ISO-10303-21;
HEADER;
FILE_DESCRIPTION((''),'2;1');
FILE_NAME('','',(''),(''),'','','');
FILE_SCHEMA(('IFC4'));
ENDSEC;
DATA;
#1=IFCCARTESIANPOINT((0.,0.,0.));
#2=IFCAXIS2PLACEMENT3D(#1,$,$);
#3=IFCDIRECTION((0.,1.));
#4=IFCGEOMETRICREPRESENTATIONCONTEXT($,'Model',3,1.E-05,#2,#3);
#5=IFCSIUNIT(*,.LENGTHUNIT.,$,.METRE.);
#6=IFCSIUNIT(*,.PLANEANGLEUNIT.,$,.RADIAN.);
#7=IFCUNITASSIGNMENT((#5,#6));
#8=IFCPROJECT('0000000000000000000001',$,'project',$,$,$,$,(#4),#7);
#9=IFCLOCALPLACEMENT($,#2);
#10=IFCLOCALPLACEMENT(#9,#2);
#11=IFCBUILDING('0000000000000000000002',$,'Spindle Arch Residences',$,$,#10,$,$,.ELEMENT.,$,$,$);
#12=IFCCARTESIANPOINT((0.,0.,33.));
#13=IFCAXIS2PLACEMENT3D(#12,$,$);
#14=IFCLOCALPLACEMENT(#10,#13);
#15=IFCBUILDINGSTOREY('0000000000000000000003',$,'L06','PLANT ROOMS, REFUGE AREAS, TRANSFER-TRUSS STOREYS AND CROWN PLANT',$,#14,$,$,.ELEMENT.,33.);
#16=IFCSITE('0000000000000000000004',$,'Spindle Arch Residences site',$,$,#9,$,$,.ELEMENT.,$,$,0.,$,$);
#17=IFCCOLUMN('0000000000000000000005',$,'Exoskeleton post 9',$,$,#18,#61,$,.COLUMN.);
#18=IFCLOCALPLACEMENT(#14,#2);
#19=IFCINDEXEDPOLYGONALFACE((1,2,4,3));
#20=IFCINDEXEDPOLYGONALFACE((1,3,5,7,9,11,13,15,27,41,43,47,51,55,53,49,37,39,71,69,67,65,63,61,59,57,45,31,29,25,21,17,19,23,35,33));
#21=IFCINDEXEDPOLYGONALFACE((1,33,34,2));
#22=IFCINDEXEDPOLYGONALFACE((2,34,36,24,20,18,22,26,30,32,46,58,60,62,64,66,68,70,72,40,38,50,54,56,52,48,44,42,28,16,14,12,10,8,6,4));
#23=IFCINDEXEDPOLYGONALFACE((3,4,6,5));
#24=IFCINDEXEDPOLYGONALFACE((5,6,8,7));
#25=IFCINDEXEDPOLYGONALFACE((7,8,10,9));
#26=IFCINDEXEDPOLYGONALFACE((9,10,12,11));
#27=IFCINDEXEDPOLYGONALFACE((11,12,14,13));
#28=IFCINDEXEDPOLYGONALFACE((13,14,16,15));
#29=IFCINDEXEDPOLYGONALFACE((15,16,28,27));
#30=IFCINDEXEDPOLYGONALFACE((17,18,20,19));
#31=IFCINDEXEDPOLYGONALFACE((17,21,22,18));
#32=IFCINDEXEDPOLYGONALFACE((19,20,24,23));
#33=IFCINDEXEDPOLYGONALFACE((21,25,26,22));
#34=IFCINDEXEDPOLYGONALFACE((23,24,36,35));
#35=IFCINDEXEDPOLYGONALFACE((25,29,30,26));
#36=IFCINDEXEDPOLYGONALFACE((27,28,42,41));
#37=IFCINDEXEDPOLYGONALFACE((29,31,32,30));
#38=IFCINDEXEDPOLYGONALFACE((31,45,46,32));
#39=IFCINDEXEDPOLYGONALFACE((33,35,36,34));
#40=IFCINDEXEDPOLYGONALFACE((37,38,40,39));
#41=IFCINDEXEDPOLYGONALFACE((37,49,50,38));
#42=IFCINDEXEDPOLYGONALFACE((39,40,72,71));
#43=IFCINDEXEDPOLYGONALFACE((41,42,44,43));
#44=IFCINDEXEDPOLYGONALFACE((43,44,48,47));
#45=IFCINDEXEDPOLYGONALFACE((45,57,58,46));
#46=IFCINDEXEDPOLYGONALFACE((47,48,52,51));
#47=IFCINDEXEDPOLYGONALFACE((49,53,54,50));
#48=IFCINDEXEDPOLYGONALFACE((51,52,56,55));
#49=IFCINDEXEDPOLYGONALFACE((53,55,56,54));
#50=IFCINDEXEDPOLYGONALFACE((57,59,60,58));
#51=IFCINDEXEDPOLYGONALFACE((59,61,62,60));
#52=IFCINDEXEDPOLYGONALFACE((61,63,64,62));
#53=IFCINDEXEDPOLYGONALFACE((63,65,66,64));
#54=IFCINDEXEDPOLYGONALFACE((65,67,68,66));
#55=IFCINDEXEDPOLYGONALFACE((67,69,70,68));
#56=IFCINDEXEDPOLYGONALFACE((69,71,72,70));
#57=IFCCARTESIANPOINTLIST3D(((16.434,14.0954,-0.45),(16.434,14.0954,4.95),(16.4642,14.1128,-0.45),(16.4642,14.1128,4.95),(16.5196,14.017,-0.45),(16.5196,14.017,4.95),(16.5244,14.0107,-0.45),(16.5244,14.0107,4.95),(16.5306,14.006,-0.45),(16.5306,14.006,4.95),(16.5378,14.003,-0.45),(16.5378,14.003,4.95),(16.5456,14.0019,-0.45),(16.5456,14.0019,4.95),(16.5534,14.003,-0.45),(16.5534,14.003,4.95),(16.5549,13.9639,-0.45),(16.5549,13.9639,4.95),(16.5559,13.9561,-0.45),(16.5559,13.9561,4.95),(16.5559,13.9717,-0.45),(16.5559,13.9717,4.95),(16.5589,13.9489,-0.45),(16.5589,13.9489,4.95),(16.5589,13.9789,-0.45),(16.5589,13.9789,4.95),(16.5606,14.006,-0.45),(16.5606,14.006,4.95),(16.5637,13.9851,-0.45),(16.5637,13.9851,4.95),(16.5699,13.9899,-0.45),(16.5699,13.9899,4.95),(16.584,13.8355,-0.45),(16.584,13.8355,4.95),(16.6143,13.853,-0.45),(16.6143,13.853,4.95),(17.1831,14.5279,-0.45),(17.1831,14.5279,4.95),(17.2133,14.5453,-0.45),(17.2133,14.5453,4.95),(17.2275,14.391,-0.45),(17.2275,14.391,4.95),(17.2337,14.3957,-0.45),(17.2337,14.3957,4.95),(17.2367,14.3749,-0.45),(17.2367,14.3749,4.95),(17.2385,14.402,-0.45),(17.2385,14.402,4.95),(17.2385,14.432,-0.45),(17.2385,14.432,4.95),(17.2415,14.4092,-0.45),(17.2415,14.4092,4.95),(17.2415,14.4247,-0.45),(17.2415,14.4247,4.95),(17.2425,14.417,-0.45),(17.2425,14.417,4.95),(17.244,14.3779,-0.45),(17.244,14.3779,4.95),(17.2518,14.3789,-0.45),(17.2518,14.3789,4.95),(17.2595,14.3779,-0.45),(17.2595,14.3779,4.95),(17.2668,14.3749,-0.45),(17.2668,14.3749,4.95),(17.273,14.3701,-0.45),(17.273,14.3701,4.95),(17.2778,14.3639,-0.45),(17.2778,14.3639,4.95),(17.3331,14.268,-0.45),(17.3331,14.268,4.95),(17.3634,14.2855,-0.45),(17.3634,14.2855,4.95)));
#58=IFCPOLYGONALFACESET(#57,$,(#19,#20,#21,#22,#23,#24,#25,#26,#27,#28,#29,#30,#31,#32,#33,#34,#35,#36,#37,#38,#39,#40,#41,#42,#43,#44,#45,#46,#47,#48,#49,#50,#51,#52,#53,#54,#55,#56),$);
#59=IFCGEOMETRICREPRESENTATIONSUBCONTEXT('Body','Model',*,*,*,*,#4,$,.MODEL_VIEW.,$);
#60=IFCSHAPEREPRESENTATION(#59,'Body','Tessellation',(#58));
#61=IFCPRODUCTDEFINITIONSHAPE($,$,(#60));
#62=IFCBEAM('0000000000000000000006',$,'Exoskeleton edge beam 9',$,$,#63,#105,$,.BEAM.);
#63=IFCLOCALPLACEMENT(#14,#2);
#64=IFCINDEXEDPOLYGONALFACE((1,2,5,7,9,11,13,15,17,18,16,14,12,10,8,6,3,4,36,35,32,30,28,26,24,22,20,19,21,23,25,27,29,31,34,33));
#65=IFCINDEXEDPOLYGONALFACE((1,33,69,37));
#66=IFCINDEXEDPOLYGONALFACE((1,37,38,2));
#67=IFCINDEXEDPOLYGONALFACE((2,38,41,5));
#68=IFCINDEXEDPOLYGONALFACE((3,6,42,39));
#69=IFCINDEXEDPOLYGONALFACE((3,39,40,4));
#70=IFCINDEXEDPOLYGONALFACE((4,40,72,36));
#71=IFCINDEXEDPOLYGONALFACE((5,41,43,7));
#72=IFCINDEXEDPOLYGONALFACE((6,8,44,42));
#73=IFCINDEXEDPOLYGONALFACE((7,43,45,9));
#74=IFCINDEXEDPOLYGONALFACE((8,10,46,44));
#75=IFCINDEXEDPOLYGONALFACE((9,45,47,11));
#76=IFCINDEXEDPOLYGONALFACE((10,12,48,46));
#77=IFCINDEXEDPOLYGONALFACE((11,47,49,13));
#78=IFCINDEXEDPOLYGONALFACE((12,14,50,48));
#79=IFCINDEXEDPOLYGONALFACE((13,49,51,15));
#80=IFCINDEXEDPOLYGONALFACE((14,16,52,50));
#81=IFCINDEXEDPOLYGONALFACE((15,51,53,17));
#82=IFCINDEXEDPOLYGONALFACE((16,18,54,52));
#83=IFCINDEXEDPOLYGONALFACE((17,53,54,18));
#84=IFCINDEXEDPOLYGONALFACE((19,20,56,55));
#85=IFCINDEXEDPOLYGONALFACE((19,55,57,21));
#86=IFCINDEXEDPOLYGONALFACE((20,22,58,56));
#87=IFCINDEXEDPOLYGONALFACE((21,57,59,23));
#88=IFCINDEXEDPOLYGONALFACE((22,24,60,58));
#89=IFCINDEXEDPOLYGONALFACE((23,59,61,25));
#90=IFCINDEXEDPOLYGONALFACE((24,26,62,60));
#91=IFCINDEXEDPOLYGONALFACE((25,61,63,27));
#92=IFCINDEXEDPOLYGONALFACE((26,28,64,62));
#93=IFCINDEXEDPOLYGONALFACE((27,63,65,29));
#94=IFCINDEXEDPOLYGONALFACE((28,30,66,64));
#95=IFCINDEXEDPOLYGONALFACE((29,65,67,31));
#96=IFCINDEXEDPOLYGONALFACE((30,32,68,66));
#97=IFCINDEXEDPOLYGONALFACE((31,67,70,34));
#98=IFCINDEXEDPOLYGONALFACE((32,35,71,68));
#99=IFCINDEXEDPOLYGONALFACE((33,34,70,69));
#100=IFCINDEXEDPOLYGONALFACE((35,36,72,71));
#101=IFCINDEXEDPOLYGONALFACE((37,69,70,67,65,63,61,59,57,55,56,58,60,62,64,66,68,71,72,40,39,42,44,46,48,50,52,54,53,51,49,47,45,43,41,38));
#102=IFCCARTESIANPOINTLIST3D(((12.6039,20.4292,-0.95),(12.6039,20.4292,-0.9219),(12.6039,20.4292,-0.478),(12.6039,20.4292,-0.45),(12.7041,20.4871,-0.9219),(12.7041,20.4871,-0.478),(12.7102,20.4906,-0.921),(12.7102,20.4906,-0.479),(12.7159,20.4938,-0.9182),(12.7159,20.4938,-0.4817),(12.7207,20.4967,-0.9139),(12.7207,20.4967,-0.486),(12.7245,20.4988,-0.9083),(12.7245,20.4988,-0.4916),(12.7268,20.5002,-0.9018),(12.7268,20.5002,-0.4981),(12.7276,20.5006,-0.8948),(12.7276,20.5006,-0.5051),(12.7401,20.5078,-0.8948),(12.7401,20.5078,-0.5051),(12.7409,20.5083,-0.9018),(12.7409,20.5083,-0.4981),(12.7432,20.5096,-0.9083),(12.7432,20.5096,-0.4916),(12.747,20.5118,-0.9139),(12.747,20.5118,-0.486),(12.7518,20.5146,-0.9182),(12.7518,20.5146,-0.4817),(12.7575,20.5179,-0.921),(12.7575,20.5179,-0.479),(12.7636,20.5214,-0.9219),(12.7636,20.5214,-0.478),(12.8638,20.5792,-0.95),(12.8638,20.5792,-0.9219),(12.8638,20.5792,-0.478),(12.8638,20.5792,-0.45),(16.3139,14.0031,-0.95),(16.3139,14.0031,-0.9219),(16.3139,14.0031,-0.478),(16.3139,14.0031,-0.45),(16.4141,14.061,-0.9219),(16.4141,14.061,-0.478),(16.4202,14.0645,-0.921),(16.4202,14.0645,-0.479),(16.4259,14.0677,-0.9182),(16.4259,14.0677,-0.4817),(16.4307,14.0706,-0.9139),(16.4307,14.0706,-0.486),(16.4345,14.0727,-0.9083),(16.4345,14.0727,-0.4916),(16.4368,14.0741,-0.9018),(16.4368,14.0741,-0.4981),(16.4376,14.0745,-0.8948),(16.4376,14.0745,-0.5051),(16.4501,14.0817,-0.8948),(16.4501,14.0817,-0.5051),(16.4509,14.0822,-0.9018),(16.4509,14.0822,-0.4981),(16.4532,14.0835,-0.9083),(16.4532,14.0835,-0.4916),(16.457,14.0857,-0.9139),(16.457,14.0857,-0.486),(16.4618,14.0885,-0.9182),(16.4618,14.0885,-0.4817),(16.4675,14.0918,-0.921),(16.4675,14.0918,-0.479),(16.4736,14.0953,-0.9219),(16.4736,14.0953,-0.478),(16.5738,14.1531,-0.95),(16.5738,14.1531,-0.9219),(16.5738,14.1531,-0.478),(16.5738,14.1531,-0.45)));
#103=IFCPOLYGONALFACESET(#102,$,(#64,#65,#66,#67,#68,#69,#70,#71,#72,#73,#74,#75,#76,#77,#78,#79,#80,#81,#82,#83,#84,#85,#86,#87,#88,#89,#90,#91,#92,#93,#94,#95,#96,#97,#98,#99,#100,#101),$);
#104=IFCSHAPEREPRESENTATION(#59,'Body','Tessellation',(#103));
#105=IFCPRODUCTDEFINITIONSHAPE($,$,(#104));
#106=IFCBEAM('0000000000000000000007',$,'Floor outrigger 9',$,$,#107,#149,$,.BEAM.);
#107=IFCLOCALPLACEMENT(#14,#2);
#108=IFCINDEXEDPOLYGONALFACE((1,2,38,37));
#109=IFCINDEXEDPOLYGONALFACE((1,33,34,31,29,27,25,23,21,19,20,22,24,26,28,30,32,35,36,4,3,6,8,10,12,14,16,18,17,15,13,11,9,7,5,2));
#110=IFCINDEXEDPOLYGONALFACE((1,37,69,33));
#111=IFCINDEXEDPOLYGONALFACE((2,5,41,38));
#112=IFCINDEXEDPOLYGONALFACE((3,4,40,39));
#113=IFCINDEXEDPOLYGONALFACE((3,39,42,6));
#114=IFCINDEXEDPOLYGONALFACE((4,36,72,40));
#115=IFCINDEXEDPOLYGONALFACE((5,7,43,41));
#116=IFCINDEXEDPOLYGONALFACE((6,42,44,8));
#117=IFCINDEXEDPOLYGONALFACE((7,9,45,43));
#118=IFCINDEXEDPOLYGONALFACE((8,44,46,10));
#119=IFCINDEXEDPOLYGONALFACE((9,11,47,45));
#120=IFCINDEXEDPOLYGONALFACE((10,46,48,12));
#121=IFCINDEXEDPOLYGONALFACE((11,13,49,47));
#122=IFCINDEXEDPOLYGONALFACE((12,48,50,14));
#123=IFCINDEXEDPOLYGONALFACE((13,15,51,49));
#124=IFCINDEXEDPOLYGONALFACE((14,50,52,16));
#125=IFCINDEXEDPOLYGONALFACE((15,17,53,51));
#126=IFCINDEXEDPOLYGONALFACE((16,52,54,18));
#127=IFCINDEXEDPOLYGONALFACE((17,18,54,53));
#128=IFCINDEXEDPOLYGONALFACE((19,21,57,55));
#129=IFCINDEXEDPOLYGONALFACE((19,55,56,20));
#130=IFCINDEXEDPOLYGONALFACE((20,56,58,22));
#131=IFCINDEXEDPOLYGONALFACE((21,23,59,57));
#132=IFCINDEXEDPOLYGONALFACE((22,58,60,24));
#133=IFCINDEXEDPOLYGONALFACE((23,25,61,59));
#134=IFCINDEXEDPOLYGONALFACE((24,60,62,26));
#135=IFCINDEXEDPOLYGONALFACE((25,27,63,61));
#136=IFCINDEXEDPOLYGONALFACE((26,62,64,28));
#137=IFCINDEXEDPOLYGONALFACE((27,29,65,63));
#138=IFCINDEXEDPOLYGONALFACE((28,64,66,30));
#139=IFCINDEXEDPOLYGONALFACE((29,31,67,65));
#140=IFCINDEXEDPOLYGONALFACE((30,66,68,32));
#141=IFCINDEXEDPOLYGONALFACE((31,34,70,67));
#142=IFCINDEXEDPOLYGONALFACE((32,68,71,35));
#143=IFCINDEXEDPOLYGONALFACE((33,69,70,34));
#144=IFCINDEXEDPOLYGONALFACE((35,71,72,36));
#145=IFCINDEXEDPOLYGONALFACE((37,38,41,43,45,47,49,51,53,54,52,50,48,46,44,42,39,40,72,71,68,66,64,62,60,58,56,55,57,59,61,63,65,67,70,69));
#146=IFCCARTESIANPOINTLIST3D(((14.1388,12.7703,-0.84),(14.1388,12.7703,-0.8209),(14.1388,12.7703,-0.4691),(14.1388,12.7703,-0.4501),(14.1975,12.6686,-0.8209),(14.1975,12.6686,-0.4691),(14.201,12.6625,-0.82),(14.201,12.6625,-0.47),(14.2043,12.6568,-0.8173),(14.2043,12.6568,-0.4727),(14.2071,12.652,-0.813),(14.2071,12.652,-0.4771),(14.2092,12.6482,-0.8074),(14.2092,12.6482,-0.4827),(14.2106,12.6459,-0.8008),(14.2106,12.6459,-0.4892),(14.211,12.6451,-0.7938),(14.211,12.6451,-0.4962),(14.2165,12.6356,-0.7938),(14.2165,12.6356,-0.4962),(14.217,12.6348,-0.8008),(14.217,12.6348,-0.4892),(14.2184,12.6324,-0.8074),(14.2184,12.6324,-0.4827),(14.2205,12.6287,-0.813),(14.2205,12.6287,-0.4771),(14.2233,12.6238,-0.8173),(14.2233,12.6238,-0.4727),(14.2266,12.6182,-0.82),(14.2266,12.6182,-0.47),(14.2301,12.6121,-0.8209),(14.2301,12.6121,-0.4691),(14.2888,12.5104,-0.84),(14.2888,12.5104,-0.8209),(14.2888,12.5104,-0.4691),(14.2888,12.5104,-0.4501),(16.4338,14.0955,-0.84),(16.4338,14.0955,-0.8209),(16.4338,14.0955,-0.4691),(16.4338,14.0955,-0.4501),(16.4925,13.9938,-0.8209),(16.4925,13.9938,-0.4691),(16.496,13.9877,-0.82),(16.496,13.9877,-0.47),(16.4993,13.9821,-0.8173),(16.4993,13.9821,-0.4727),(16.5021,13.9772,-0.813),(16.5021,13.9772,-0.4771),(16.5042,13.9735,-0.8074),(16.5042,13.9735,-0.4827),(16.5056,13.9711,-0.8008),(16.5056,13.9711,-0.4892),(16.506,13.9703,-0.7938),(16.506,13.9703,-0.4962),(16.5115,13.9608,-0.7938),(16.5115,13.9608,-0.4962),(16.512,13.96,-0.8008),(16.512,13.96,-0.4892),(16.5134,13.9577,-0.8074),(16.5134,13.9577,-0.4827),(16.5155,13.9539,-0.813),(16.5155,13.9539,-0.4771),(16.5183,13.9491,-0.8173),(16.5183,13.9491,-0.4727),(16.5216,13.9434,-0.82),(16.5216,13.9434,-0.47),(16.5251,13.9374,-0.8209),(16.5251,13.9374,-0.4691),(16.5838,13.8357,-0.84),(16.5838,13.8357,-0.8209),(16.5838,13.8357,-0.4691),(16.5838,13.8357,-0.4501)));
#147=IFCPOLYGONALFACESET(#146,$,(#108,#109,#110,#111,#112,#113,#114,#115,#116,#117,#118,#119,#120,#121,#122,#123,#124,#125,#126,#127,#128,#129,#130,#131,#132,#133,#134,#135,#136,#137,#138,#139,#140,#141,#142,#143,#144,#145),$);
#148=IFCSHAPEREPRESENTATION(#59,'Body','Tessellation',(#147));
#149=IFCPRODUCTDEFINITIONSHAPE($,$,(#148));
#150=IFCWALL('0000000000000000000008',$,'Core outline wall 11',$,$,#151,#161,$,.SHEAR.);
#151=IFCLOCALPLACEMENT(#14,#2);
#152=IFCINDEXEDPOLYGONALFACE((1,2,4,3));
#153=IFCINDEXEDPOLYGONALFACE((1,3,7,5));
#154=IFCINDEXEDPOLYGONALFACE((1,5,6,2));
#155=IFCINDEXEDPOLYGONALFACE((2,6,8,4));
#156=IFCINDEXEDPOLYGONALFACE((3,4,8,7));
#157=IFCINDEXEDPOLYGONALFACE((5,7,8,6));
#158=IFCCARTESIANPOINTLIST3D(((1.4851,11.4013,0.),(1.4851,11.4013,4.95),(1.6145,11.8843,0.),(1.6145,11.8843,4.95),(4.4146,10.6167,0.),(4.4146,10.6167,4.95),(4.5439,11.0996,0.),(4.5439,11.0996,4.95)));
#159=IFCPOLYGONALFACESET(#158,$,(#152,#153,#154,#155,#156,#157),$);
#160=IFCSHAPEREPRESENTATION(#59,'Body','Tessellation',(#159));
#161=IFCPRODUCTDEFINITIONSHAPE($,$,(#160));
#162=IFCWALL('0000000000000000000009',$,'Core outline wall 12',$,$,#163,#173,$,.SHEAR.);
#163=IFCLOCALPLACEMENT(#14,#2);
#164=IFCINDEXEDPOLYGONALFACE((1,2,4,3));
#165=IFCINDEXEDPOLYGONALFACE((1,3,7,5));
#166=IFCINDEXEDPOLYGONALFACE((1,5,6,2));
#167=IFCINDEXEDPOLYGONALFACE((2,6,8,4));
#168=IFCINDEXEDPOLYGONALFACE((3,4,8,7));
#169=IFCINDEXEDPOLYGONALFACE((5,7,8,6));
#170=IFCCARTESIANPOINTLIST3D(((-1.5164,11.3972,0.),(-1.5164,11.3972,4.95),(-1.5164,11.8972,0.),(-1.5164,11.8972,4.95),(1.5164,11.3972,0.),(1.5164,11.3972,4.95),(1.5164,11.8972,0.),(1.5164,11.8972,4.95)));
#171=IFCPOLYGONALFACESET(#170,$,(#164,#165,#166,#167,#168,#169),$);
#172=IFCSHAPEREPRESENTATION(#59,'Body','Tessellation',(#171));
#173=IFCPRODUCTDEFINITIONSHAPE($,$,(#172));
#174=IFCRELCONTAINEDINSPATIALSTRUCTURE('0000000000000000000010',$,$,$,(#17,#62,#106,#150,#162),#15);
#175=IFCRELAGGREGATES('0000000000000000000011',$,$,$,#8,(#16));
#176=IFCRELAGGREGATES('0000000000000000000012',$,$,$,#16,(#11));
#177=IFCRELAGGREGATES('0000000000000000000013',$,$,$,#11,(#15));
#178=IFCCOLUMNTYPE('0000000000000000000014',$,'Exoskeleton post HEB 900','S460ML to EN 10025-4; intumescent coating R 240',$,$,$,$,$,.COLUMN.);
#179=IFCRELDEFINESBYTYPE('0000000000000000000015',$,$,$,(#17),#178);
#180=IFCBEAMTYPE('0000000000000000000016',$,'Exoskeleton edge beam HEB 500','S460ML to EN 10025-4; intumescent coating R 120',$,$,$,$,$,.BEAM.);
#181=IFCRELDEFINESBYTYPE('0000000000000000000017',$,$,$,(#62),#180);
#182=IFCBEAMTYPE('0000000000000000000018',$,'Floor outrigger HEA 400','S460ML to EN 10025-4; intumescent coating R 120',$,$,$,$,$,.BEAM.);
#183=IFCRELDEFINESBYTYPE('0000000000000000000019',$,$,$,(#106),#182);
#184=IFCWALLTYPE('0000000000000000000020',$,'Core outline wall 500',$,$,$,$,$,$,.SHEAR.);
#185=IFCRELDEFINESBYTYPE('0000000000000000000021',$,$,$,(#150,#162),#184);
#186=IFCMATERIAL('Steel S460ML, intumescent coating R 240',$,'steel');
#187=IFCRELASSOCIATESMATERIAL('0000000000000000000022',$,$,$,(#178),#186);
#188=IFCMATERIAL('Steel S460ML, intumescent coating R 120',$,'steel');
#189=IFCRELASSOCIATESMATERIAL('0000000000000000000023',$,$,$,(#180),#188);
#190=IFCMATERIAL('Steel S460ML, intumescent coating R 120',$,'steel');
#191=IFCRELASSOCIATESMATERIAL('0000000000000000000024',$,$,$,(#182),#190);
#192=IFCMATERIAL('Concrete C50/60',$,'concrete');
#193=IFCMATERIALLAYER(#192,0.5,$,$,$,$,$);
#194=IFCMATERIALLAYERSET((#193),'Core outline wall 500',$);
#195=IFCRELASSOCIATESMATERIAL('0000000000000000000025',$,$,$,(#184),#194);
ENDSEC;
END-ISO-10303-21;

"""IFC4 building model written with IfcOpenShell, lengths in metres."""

from ifc_helpers import new_model, si_unit, direction, frame, frame_2d, origin, origin_2d, place, context, subcontext, project, spatial, rectangle, i_section, extrude, material, layer, layer_set, material_profile, profile_set, type_object, element, save


model = new_model("IFC4")

# Units and contexts
model_context = context("Model", 3, precision=1e-05, world=origin(), true_north=direction((0.0, 1.0)))
body_context = subcontext(model_context, "Body", "Model", "MODEL_VIEW")
ifc_project = project(units=[si_unit("LENGTHUNIT", "METRE"), si_unit("PLANEANGLEUNIT", "RADIAN")], contexts=[model_context])

# Site, building, storey
site_placement = place(None, origin())
site = spatial("IfcSite", under=ifc_project, at=site_placement, Name="Spindle Arch Residences site", CompositionType="ELEMENT", RefElevation=0.0)
building_placement = place(site_placement, origin())
building = spatial("IfcBuilding", under=site, at=building_placement, Name="Spindle Arch Residences", CompositionType="ELEMENT")
storey_placement = place(building_placement, frame((0.0, 0.0, 33.0)))
storey = spatial("IfcBuildingStorey", under=building, at=storey_placement, Name="L06", Description="PLANT ROOMS, REFUGE AREAS, TRANSFER-TRUSS STOREYS AND CROWN PLANT", CompositionType="ELEMENT", Elevation=33.0)

# Column
ifc_material_1 = material(Name="Steel S460ML, intumescent coating R 240", Category="steel")
ifc_material_profile_1 = material_profile(ifc_material_1, i_section(OverallWidth=0.3, OverallDepth=0.8999, WebThickness=0.0186, FlangeThickness=0.0349, FilletRadius=0.03, at=origin_2d()), Name="HEB 900")
ifc_profile_set_1 = profile_set([ifc_material_profile_1], Name="Steel S460ML, intumescent coating R 240")
column_type = type_object("IfcColumnType", Name="Exoskeleton post HEB 900", Description="S460ML to EN 10025-4; intumescent coating R 240", PredefinedType="COLUMN", material=ifc_profile_set_1)
column_placement = place(storey_placement, frame((16.8987, 14.1904, -0.45), z_axis=(0.0, 0.0, 1.0), x_axis=(0.5, -0.866025, 0.0)))
element("IfcColumn", 1, at=column_placement, inside=storey, type_object=column_type, Name="Exoskeleton post 9", PredefinedType="COLUMN", context=body_context, shape_type="SweptSolid", body=[
    extrude(i_section(OverallWidth=0.3, OverallDepth=0.8999, WebThickness=0.0186, FlangeThickness=0.0349, FilletRadius=0.03, at=origin_2d()), origin(), (0.0, 0.0, 1.0), 5.3999),
])

# Beams
ifc_material_2 = material(Name="Steel S460ML, intumescent coating R 120", Category="steel")
ifc_material_profile_2 = material_profile(ifc_material_2, i_section(OverallWidth=0.3, OverallDepth=0.5, WebThickness=0.0144, FlangeThickness=0.0281, FilletRadius=0.0271, at=origin_2d()), Name="HEB 500")
ifc_profile_set_2 = profile_set([ifc_material_profile_2], Name="Steel S460ML, intumescent coating R 120")
beam_type_1 = type_object("IfcBeamType", Name="Exoskeleton edge beam HEB 500", Description="S460ML to EN 10025-4; intumescent coating R 120", PredefinedType="BEAM", material=ifc_profile_set_2)
beam_1_placement = place(storey_placement, frame((16.4438, 14.0781, -0.7), z_axis=(-0.499989, 0.866032, 0.0), x_axis=(-0.866032, -0.499989, 0.0)))
element("IfcBeam", 2, at=beam_1_placement, inside=storey, type_object=beam_type_1, Name="Exoskeleton edge beam 9", PredefinedType="BEAM", context=body_context, shape_type="SweptSolid", body=[
    extrude(i_section(OverallWidth=0.3, OverallDepth=0.5, WebThickness=0.0144, FlangeThickness=0.0281, FilletRadius=0.0271, at=origin_2d()), origin(), (0.0, 0.0, 1.0), 7.4202),
])
ifc_material_3 = material(Name="Steel S460ML, intumescent coating R 120", Category="steel")
ifc_material_profile_3 = material_profile(ifc_material_3, i_section(OverallWidth=0.3, OverallDepth=0.3899, WebThickness=0.011, FlangeThickness=0.019, FilletRadius=0.0271, at=origin_2d()), Name="HEA 400")
ifc_profile_set_3 = profile_set([ifc_material_profile_3], Name="Steel S460ML, intumescent coating R 120")
beam_type_2 = type_object("IfcBeamType", Name="Floor outrigger HEA 400", Description="S460ML to EN 10025-4; intumescent coating R 120", PredefinedType="BEAM", material=ifc_profile_set_3)
beam_2_placement = place(storey_placement, frame((16.5088, 13.9656, -0.645), z_axis=(-0.865989, -0.500063, 0.0), x_axis=(0.500063, -0.865989, 0.0)))
element("IfcBeam", 3, at=beam_2_placement, inside=storey, type_object=beam_type_2, Name="Floor outrigger 9", PredefinedType="BEAM", context=body_context, shape_type="SweptSolid", body=[
    extrude(i_section(OverallWidth=0.3, OverallDepth=0.3899, WebThickness=0.011, FlangeThickness=0.019, FilletRadius=0.0271, at=origin_2d()), origin(), (0.0, 0.0, 1.0), 2.6501),
])

# Shared definitions
ifc_material_4 = material(Name="Concrete C50/60", Category="concrete")
ifc_layer_1 = layer(ifc_material_4, 0.5)
ifc_layer_set_1 = layer_set([ifc_layer_1], Name="Core outline wall 500")
wall_type_1 = type_object("IfcWallType", Name="Core outline wall 500", PredefinedType="SHEAR", material=ifc_layer_set_1)

# Walls
for number, where, z_axis, x_axis, name in (
    (4, (4.4792, 10.8582, 0.0), (0.0, 0.0, 1.0), (-0.965948, 0.258735, 0.0), "Core outline wall 11"),
    (5, (1.5164, 11.6472, 0.0), (0.0, 0.0, 1.0), (-1.0, 0.0, 0.0), "Core outline wall 12"),
):
    element("IfcWall", number, at=place(storey_placement, frame(where, z_axis=z_axis, x_axis=x_axis)), inside=storey, type_object=wall_type_1, Name=name, PredefinedType="SHEAR", context=body_context, shape_type="SweptSolid", body=[
        extrude(rectangle(XDim=3.0327, YDim=0.5, at=frame_2d((1.5164, 0.0))), origin(), (0.0, 0.0, 1.0), 4.95),
    ])

save(model, "model.ifc")
